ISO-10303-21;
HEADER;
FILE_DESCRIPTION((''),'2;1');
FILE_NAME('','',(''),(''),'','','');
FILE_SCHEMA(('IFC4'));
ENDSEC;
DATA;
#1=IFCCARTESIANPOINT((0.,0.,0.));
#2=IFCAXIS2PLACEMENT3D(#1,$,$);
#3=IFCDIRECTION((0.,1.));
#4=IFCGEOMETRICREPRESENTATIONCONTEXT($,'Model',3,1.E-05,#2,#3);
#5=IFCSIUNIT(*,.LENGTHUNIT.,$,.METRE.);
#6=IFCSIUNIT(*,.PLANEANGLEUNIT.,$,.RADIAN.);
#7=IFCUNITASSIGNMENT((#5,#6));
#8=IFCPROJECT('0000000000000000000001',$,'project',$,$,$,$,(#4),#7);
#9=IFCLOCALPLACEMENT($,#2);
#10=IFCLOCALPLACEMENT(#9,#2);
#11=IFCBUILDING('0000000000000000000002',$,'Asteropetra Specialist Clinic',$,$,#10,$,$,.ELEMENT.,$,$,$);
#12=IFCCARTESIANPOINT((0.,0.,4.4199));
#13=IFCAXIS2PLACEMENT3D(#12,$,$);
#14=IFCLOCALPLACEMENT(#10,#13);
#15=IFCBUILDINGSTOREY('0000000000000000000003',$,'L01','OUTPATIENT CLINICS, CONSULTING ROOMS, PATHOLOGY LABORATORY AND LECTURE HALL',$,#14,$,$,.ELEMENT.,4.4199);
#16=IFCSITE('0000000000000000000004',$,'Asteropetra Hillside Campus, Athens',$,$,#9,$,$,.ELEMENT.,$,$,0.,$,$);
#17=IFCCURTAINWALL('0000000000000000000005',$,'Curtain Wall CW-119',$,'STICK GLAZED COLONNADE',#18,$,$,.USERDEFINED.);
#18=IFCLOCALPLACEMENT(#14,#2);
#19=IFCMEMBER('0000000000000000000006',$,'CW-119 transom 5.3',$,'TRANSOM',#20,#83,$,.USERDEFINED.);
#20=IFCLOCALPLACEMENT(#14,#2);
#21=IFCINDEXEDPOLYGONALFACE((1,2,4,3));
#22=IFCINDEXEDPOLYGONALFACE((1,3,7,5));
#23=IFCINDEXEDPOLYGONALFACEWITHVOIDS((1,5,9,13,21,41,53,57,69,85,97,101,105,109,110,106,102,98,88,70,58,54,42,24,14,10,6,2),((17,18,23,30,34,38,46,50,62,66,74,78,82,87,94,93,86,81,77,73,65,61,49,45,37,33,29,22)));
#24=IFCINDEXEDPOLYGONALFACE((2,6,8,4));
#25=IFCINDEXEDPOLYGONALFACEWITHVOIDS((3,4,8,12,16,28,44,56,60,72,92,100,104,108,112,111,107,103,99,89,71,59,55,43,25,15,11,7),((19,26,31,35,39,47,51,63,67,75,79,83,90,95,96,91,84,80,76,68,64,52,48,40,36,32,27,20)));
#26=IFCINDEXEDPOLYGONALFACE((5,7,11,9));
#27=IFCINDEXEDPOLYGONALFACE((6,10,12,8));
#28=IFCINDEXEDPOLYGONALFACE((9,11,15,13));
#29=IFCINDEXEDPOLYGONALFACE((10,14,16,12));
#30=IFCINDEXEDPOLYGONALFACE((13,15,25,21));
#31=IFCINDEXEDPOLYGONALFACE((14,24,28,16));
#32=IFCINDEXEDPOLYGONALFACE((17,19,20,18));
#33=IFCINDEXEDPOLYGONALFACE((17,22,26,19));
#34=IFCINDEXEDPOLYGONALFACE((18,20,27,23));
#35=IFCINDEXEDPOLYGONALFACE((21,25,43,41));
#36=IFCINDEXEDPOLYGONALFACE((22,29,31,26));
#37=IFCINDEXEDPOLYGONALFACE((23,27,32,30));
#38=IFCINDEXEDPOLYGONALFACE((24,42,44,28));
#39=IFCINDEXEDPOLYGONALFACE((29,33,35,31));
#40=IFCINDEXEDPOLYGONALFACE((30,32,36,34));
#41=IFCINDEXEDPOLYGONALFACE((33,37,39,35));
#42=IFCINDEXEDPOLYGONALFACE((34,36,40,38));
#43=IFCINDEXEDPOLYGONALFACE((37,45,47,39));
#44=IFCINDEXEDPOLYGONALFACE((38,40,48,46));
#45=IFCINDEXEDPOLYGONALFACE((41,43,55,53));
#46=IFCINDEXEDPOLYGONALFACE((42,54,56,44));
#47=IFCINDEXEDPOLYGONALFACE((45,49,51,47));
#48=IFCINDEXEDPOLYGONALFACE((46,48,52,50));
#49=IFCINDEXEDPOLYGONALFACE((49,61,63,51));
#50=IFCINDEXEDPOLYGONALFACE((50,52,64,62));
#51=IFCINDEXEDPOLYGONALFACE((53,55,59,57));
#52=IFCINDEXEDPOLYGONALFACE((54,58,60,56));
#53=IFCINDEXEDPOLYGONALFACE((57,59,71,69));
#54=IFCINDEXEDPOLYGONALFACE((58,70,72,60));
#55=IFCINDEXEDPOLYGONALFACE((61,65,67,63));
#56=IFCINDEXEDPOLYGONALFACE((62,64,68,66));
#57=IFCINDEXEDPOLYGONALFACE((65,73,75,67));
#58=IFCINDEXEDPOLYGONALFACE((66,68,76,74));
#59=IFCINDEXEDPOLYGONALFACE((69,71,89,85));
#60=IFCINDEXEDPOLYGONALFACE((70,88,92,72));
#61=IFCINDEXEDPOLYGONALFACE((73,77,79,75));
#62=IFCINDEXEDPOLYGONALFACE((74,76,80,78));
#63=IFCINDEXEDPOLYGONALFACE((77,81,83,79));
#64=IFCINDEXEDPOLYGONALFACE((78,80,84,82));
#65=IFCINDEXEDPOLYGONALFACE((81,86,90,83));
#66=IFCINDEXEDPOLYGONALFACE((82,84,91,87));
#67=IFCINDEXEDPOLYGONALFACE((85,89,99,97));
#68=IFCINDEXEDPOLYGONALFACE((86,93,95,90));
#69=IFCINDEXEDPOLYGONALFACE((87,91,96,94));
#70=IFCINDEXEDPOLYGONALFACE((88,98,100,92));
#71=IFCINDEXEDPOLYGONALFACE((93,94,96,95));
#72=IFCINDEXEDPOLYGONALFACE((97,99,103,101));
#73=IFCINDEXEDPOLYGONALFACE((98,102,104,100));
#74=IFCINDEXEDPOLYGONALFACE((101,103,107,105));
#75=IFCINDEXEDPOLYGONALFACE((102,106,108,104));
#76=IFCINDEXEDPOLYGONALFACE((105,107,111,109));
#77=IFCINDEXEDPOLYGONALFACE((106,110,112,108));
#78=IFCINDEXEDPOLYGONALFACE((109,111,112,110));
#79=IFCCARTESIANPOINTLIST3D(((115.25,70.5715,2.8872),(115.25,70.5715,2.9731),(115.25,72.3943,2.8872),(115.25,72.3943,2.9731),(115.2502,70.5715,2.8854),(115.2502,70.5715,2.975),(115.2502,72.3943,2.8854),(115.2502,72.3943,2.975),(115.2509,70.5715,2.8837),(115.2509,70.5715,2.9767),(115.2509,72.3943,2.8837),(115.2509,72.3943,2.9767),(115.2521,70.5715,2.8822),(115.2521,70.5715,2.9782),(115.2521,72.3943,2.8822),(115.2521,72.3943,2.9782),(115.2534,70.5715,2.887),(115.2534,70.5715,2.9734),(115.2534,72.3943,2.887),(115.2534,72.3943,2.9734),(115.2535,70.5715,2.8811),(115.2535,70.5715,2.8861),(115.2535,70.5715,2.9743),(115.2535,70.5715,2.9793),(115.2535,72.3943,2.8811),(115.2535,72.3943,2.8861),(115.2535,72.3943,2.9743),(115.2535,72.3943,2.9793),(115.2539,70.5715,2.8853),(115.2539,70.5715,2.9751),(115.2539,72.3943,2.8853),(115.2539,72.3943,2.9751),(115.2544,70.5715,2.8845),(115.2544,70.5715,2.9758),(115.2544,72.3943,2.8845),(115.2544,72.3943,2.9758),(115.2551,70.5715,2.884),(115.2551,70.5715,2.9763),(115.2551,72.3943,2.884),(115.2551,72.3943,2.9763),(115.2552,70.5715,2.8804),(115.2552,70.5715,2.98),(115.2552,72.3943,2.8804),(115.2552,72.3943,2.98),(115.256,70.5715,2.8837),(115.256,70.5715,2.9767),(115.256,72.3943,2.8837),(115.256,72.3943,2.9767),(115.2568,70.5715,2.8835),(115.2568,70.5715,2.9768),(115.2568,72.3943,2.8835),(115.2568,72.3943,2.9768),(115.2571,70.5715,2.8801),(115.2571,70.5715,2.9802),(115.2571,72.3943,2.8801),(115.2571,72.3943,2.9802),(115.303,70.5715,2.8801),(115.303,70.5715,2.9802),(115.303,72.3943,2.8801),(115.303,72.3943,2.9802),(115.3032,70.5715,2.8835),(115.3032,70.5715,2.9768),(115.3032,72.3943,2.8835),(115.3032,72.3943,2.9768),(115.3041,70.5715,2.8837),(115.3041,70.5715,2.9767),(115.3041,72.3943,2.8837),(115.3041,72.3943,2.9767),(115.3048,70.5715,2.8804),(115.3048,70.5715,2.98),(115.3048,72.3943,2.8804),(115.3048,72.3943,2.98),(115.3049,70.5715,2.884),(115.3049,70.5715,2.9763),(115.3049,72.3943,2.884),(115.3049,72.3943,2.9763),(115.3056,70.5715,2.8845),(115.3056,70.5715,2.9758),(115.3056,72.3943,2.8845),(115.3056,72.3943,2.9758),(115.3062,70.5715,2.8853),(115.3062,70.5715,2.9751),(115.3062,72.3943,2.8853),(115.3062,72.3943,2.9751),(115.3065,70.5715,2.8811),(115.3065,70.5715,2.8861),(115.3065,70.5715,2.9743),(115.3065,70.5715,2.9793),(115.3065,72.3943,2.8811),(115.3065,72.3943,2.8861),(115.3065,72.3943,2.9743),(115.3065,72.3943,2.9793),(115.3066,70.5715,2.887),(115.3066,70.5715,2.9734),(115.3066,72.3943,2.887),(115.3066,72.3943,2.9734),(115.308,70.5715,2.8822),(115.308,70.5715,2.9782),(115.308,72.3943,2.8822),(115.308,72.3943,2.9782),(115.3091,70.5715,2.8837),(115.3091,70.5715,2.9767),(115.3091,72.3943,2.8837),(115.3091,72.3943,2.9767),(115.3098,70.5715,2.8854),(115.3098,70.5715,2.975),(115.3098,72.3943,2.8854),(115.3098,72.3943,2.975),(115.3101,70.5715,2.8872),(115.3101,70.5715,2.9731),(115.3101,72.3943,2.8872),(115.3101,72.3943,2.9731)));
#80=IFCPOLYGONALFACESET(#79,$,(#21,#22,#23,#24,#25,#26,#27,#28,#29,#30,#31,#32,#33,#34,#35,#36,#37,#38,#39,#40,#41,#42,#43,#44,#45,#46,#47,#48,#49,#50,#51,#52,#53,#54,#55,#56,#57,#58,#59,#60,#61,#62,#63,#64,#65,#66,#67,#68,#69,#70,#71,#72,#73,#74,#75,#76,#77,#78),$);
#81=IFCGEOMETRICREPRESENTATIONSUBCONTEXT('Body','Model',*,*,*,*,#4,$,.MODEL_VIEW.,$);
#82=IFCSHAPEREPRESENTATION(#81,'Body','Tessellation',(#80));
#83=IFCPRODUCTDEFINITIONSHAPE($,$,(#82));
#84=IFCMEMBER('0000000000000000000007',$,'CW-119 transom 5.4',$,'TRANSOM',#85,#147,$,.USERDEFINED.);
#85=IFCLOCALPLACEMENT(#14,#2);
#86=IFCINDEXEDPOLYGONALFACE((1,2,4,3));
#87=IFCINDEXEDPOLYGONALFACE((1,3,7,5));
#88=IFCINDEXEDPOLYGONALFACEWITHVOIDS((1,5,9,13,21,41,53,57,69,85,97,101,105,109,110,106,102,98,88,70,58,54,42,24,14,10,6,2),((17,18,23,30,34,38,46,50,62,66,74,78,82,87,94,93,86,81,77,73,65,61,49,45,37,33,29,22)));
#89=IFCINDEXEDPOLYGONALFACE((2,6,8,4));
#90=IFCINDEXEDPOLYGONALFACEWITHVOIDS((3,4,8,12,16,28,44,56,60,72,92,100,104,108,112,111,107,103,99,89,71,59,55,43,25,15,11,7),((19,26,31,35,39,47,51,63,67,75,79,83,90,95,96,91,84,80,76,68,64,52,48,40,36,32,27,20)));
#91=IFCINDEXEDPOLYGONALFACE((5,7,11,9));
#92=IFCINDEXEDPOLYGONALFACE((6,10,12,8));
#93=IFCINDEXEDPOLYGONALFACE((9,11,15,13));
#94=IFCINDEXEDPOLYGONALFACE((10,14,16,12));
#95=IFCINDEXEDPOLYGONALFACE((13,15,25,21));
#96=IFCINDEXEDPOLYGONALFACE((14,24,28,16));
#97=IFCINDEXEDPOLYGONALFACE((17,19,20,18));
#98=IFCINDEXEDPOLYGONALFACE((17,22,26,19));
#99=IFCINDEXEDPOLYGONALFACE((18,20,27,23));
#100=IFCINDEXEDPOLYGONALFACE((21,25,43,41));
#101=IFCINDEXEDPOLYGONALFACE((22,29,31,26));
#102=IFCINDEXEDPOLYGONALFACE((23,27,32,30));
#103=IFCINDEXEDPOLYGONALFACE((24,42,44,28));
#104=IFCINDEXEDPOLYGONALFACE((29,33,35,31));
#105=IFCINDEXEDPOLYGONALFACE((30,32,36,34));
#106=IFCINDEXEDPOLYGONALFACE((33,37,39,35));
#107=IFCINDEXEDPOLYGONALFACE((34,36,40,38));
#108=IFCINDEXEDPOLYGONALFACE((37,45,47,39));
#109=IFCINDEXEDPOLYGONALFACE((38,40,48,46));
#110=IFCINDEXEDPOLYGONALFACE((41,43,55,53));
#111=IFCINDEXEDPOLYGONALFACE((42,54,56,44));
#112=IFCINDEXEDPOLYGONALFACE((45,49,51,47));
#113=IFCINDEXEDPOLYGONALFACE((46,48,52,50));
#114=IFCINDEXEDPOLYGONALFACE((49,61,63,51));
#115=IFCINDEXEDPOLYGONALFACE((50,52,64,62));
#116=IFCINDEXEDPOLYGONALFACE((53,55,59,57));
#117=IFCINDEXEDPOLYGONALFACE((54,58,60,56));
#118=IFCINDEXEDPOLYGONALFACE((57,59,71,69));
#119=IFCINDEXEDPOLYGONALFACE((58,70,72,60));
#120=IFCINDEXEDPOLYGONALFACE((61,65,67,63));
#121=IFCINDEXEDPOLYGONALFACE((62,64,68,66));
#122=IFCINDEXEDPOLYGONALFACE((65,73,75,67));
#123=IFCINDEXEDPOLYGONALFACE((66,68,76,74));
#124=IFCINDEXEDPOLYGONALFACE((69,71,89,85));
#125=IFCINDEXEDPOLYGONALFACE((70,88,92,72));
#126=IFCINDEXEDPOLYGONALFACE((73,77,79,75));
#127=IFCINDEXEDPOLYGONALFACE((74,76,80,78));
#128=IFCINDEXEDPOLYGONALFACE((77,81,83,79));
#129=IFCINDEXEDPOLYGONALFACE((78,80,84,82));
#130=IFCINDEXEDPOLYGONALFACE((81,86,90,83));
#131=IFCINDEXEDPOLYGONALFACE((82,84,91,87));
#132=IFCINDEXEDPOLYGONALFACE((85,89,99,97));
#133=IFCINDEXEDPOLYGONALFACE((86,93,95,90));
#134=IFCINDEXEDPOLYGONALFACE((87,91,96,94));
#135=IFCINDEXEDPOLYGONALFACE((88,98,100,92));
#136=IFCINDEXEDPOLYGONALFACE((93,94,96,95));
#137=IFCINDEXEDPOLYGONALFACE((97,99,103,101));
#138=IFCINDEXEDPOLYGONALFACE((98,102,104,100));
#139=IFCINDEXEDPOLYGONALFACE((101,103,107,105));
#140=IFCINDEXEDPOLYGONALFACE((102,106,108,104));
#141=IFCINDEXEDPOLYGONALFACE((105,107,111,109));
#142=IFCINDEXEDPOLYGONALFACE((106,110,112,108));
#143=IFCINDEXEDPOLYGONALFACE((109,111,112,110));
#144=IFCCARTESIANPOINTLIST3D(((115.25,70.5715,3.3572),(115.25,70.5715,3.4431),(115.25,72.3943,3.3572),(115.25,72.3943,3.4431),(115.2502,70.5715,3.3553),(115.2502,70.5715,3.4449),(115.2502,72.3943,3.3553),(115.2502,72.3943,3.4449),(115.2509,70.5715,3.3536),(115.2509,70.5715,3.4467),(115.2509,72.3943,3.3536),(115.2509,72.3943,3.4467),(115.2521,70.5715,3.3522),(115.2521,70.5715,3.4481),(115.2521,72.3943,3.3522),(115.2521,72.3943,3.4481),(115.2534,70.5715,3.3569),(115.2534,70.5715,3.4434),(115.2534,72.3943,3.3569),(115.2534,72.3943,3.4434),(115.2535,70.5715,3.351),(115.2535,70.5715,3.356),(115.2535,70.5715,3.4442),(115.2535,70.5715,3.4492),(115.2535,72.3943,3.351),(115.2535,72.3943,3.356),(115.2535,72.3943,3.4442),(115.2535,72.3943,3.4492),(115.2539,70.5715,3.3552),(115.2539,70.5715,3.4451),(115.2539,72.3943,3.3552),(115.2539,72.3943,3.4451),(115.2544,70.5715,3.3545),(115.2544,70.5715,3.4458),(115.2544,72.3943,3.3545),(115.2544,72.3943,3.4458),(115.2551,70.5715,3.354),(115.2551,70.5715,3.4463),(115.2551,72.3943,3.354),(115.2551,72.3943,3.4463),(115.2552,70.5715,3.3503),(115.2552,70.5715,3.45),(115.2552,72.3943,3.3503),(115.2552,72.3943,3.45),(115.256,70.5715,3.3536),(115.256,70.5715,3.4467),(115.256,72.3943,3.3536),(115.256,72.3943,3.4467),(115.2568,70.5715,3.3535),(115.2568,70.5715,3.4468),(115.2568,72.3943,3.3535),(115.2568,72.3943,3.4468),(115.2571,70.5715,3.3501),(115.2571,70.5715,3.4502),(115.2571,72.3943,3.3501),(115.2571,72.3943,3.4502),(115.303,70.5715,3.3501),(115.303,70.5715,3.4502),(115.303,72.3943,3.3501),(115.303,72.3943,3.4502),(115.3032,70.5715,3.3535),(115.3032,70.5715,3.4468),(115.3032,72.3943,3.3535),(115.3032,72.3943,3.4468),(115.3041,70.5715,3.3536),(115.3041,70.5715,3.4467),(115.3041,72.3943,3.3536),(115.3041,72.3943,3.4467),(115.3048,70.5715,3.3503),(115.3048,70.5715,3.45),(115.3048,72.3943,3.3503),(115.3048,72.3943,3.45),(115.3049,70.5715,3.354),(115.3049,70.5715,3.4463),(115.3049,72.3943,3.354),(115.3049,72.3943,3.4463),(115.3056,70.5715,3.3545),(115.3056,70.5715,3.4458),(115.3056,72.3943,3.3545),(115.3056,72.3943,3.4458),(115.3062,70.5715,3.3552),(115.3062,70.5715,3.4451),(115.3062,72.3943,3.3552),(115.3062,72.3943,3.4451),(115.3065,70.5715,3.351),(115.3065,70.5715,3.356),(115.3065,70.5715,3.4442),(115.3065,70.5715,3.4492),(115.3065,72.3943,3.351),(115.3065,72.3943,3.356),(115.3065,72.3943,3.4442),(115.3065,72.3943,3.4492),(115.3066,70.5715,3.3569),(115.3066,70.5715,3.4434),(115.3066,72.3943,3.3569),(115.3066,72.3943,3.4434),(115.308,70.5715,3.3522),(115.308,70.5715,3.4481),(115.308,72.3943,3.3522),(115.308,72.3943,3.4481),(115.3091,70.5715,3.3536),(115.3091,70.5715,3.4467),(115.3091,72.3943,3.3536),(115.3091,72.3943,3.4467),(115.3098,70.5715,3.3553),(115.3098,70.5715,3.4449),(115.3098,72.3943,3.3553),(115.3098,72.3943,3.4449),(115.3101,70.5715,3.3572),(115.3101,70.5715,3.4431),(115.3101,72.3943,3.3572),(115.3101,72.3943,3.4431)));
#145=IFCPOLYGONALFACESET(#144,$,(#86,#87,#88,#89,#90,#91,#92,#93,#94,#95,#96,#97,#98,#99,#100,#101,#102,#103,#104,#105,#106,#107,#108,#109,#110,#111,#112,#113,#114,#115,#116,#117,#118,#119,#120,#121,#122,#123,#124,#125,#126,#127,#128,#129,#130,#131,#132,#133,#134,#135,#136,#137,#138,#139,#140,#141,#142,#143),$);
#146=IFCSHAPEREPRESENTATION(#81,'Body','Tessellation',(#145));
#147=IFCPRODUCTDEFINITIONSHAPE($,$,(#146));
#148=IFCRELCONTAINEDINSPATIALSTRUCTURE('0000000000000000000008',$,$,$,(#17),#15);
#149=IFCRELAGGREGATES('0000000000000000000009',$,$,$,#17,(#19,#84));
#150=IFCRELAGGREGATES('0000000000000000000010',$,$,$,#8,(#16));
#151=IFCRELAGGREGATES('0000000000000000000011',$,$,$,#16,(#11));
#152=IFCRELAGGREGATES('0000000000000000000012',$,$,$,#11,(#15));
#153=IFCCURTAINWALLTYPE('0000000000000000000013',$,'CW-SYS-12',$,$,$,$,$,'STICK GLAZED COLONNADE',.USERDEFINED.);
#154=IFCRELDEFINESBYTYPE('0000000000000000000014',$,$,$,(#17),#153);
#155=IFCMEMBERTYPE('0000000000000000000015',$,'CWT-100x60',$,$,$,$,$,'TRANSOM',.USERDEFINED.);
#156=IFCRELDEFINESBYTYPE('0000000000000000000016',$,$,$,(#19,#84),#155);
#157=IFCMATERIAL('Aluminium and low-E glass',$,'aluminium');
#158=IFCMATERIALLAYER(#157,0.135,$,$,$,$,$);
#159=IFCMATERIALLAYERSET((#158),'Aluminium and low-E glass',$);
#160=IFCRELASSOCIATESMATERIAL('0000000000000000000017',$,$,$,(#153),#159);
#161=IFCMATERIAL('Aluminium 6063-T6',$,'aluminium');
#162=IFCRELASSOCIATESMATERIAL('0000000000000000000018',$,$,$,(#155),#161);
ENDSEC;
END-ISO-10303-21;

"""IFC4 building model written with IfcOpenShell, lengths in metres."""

from ifc_helpers import new_model, si_unit, direction, frame, origin, origin_2d, place, context, subcontext, project, spatial, hollow_rectangle, extrude, material, layer, layer_set, material_profile, profile_set, type_object, element, aggregate, save


model = new_model("IFC4")

# Units and contexts
model_context = context("Model", 3, precision=1e-05, world=origin(), true_north=direction((0.0, 1.0)))
body_context = subcontext(model_context, "Body", "Model", "MODEL_VIEW")
ifc_project = project(units=[si_unit("LENGTHUNIT", "METRE"), si_unit("PLANEANGLEUNIT", "RADIAN")], contexts=[model_context])

# Site, building, storey
site_placement = place(None, origin())
site = spatial("IfcSite", under=ifc_project, at=site_placement, Name="Asteropetra Hillside Campus, Athens", CompositionType="ELEMENT", RefElevation=0.0)
building_placement = place(site_placement, origin())
building = spatial("IfcBuilding", under=site, at=building_placement, Name="Asteropetra Specialist Clinic", CompositionType="ELEMENT")
storey_placement = place(building_placement, frame((0.0, 0.0, 4.4199)))
storey = spatial("IfcBuildingStorey", under=building, at=storey_placement, Name="L01", Description="OUTPATIENT CLINICS, CONSULTING ROOMS, PATHOLOGY LABORATORY AND LECTURE HALL", CompositionType="ELEMENT", Elevation=4.4199)

# Curtain wall, members
ifc_material_1 = material(Name="Aluminium and low-E glass", Category="aluminium")
ifc_layer_1 = layer(ifc_material_1, 0.135)
ifc_layer_set_1 = layer_set([ifc_layer_1], Name="Aluminium and low-E glass")
curtain_wall_type = type_object("IfcCurtainWallType", Name="CW-SYS-12", ElementType="STICK GLAZED COLONNADE", PredefinedType="USERDEFINED", material=ifc_layer_set_1)
curtain_wall_placement = place(storey_placement, origin())
curtain_wall = element("IfcCurtainWall", 1, at=curtain_wall_placement, inside=storey, type_object=curtain_wall_type, Name="Curtain Wall CW-119", ObjectType="STICK GLAZED COLONNADE", PredefinedType="USERDEFINED")
ifc_material_2 = material(Name="Aluminium 6063-T6", Category="aluminium")
ifc_material_profile_1 = material_profile(ifc_material_2, hollow_rectangle(XDim=0.0601, YDim=0.1001, WallThickness=0.0034, InnerFilletRadius=0.0034, OuterFilletRadius=0.0071, at=origin_2d()), Name="TRN 100x60x3.5")
ifc_profile_set_1 = profile_set([ifc_material_profile_1], Name="Aluminium 6063-T6")
member_type_1 = type_object("IfcMemberType", Name="CWT-100x60", ElementType="TRANSOM", PredefinedType="USERDEFINED", material=ifc_profile_set_1)
member_1_placement = place(storey_placement, frame((115.28, 70.5715, 2.9302), z_axis=(0.0, 1.0, 0.0), x_axis=(-1.0, 0.0, 0.0)))
member_1 = element("IfcMember", 2, at=member_1_placement, type_object=member_type_1, Name="CW-119 transom 5.3", ObjectType="TRANSOM", PredefinedType="USERDEFINED", context=body_context, shape_type="SweptSolid", body=[
    extrude(hollow_rectangle(XDim=0.0601, YDim=0.1001, WallThickness=0.0034, InnerFilletRadius=0.0034, OuterFilletRadius=0.0071, at=origin_2d()), origin(), (0.0, 0.0, 1.0), 1.8228),
])
member_2_placement = place(storey_placement, frame((115.28, 70.5715, 3.4001), z_axis=(0.0, 1.0, 0.0), x_axis=(-1.0, 0.0, 0.0)))
member_2 = element("IfcMember", 3, at=member_2_placement, type_object=member_type_1, Name="CW-119 transom 5.4", ObjectType="TRANSOM", PredefinedType="USERDEFINED", context=body_context, shape_type="SweptSolid", body=[
    extrude(hollow_rectangle(XDim=0.0601, YDim=0.1001, WallThickness=0.0034, InnerFilletRadius=0.0034, OuterFilletRadius=0.0071, at=origin_2d()), origin(), (0.0, 0.0, 1.0), 1.8228),
])

aggregate(curtain_wall, [member_1, member_2])

save(model, "model.ifc")
